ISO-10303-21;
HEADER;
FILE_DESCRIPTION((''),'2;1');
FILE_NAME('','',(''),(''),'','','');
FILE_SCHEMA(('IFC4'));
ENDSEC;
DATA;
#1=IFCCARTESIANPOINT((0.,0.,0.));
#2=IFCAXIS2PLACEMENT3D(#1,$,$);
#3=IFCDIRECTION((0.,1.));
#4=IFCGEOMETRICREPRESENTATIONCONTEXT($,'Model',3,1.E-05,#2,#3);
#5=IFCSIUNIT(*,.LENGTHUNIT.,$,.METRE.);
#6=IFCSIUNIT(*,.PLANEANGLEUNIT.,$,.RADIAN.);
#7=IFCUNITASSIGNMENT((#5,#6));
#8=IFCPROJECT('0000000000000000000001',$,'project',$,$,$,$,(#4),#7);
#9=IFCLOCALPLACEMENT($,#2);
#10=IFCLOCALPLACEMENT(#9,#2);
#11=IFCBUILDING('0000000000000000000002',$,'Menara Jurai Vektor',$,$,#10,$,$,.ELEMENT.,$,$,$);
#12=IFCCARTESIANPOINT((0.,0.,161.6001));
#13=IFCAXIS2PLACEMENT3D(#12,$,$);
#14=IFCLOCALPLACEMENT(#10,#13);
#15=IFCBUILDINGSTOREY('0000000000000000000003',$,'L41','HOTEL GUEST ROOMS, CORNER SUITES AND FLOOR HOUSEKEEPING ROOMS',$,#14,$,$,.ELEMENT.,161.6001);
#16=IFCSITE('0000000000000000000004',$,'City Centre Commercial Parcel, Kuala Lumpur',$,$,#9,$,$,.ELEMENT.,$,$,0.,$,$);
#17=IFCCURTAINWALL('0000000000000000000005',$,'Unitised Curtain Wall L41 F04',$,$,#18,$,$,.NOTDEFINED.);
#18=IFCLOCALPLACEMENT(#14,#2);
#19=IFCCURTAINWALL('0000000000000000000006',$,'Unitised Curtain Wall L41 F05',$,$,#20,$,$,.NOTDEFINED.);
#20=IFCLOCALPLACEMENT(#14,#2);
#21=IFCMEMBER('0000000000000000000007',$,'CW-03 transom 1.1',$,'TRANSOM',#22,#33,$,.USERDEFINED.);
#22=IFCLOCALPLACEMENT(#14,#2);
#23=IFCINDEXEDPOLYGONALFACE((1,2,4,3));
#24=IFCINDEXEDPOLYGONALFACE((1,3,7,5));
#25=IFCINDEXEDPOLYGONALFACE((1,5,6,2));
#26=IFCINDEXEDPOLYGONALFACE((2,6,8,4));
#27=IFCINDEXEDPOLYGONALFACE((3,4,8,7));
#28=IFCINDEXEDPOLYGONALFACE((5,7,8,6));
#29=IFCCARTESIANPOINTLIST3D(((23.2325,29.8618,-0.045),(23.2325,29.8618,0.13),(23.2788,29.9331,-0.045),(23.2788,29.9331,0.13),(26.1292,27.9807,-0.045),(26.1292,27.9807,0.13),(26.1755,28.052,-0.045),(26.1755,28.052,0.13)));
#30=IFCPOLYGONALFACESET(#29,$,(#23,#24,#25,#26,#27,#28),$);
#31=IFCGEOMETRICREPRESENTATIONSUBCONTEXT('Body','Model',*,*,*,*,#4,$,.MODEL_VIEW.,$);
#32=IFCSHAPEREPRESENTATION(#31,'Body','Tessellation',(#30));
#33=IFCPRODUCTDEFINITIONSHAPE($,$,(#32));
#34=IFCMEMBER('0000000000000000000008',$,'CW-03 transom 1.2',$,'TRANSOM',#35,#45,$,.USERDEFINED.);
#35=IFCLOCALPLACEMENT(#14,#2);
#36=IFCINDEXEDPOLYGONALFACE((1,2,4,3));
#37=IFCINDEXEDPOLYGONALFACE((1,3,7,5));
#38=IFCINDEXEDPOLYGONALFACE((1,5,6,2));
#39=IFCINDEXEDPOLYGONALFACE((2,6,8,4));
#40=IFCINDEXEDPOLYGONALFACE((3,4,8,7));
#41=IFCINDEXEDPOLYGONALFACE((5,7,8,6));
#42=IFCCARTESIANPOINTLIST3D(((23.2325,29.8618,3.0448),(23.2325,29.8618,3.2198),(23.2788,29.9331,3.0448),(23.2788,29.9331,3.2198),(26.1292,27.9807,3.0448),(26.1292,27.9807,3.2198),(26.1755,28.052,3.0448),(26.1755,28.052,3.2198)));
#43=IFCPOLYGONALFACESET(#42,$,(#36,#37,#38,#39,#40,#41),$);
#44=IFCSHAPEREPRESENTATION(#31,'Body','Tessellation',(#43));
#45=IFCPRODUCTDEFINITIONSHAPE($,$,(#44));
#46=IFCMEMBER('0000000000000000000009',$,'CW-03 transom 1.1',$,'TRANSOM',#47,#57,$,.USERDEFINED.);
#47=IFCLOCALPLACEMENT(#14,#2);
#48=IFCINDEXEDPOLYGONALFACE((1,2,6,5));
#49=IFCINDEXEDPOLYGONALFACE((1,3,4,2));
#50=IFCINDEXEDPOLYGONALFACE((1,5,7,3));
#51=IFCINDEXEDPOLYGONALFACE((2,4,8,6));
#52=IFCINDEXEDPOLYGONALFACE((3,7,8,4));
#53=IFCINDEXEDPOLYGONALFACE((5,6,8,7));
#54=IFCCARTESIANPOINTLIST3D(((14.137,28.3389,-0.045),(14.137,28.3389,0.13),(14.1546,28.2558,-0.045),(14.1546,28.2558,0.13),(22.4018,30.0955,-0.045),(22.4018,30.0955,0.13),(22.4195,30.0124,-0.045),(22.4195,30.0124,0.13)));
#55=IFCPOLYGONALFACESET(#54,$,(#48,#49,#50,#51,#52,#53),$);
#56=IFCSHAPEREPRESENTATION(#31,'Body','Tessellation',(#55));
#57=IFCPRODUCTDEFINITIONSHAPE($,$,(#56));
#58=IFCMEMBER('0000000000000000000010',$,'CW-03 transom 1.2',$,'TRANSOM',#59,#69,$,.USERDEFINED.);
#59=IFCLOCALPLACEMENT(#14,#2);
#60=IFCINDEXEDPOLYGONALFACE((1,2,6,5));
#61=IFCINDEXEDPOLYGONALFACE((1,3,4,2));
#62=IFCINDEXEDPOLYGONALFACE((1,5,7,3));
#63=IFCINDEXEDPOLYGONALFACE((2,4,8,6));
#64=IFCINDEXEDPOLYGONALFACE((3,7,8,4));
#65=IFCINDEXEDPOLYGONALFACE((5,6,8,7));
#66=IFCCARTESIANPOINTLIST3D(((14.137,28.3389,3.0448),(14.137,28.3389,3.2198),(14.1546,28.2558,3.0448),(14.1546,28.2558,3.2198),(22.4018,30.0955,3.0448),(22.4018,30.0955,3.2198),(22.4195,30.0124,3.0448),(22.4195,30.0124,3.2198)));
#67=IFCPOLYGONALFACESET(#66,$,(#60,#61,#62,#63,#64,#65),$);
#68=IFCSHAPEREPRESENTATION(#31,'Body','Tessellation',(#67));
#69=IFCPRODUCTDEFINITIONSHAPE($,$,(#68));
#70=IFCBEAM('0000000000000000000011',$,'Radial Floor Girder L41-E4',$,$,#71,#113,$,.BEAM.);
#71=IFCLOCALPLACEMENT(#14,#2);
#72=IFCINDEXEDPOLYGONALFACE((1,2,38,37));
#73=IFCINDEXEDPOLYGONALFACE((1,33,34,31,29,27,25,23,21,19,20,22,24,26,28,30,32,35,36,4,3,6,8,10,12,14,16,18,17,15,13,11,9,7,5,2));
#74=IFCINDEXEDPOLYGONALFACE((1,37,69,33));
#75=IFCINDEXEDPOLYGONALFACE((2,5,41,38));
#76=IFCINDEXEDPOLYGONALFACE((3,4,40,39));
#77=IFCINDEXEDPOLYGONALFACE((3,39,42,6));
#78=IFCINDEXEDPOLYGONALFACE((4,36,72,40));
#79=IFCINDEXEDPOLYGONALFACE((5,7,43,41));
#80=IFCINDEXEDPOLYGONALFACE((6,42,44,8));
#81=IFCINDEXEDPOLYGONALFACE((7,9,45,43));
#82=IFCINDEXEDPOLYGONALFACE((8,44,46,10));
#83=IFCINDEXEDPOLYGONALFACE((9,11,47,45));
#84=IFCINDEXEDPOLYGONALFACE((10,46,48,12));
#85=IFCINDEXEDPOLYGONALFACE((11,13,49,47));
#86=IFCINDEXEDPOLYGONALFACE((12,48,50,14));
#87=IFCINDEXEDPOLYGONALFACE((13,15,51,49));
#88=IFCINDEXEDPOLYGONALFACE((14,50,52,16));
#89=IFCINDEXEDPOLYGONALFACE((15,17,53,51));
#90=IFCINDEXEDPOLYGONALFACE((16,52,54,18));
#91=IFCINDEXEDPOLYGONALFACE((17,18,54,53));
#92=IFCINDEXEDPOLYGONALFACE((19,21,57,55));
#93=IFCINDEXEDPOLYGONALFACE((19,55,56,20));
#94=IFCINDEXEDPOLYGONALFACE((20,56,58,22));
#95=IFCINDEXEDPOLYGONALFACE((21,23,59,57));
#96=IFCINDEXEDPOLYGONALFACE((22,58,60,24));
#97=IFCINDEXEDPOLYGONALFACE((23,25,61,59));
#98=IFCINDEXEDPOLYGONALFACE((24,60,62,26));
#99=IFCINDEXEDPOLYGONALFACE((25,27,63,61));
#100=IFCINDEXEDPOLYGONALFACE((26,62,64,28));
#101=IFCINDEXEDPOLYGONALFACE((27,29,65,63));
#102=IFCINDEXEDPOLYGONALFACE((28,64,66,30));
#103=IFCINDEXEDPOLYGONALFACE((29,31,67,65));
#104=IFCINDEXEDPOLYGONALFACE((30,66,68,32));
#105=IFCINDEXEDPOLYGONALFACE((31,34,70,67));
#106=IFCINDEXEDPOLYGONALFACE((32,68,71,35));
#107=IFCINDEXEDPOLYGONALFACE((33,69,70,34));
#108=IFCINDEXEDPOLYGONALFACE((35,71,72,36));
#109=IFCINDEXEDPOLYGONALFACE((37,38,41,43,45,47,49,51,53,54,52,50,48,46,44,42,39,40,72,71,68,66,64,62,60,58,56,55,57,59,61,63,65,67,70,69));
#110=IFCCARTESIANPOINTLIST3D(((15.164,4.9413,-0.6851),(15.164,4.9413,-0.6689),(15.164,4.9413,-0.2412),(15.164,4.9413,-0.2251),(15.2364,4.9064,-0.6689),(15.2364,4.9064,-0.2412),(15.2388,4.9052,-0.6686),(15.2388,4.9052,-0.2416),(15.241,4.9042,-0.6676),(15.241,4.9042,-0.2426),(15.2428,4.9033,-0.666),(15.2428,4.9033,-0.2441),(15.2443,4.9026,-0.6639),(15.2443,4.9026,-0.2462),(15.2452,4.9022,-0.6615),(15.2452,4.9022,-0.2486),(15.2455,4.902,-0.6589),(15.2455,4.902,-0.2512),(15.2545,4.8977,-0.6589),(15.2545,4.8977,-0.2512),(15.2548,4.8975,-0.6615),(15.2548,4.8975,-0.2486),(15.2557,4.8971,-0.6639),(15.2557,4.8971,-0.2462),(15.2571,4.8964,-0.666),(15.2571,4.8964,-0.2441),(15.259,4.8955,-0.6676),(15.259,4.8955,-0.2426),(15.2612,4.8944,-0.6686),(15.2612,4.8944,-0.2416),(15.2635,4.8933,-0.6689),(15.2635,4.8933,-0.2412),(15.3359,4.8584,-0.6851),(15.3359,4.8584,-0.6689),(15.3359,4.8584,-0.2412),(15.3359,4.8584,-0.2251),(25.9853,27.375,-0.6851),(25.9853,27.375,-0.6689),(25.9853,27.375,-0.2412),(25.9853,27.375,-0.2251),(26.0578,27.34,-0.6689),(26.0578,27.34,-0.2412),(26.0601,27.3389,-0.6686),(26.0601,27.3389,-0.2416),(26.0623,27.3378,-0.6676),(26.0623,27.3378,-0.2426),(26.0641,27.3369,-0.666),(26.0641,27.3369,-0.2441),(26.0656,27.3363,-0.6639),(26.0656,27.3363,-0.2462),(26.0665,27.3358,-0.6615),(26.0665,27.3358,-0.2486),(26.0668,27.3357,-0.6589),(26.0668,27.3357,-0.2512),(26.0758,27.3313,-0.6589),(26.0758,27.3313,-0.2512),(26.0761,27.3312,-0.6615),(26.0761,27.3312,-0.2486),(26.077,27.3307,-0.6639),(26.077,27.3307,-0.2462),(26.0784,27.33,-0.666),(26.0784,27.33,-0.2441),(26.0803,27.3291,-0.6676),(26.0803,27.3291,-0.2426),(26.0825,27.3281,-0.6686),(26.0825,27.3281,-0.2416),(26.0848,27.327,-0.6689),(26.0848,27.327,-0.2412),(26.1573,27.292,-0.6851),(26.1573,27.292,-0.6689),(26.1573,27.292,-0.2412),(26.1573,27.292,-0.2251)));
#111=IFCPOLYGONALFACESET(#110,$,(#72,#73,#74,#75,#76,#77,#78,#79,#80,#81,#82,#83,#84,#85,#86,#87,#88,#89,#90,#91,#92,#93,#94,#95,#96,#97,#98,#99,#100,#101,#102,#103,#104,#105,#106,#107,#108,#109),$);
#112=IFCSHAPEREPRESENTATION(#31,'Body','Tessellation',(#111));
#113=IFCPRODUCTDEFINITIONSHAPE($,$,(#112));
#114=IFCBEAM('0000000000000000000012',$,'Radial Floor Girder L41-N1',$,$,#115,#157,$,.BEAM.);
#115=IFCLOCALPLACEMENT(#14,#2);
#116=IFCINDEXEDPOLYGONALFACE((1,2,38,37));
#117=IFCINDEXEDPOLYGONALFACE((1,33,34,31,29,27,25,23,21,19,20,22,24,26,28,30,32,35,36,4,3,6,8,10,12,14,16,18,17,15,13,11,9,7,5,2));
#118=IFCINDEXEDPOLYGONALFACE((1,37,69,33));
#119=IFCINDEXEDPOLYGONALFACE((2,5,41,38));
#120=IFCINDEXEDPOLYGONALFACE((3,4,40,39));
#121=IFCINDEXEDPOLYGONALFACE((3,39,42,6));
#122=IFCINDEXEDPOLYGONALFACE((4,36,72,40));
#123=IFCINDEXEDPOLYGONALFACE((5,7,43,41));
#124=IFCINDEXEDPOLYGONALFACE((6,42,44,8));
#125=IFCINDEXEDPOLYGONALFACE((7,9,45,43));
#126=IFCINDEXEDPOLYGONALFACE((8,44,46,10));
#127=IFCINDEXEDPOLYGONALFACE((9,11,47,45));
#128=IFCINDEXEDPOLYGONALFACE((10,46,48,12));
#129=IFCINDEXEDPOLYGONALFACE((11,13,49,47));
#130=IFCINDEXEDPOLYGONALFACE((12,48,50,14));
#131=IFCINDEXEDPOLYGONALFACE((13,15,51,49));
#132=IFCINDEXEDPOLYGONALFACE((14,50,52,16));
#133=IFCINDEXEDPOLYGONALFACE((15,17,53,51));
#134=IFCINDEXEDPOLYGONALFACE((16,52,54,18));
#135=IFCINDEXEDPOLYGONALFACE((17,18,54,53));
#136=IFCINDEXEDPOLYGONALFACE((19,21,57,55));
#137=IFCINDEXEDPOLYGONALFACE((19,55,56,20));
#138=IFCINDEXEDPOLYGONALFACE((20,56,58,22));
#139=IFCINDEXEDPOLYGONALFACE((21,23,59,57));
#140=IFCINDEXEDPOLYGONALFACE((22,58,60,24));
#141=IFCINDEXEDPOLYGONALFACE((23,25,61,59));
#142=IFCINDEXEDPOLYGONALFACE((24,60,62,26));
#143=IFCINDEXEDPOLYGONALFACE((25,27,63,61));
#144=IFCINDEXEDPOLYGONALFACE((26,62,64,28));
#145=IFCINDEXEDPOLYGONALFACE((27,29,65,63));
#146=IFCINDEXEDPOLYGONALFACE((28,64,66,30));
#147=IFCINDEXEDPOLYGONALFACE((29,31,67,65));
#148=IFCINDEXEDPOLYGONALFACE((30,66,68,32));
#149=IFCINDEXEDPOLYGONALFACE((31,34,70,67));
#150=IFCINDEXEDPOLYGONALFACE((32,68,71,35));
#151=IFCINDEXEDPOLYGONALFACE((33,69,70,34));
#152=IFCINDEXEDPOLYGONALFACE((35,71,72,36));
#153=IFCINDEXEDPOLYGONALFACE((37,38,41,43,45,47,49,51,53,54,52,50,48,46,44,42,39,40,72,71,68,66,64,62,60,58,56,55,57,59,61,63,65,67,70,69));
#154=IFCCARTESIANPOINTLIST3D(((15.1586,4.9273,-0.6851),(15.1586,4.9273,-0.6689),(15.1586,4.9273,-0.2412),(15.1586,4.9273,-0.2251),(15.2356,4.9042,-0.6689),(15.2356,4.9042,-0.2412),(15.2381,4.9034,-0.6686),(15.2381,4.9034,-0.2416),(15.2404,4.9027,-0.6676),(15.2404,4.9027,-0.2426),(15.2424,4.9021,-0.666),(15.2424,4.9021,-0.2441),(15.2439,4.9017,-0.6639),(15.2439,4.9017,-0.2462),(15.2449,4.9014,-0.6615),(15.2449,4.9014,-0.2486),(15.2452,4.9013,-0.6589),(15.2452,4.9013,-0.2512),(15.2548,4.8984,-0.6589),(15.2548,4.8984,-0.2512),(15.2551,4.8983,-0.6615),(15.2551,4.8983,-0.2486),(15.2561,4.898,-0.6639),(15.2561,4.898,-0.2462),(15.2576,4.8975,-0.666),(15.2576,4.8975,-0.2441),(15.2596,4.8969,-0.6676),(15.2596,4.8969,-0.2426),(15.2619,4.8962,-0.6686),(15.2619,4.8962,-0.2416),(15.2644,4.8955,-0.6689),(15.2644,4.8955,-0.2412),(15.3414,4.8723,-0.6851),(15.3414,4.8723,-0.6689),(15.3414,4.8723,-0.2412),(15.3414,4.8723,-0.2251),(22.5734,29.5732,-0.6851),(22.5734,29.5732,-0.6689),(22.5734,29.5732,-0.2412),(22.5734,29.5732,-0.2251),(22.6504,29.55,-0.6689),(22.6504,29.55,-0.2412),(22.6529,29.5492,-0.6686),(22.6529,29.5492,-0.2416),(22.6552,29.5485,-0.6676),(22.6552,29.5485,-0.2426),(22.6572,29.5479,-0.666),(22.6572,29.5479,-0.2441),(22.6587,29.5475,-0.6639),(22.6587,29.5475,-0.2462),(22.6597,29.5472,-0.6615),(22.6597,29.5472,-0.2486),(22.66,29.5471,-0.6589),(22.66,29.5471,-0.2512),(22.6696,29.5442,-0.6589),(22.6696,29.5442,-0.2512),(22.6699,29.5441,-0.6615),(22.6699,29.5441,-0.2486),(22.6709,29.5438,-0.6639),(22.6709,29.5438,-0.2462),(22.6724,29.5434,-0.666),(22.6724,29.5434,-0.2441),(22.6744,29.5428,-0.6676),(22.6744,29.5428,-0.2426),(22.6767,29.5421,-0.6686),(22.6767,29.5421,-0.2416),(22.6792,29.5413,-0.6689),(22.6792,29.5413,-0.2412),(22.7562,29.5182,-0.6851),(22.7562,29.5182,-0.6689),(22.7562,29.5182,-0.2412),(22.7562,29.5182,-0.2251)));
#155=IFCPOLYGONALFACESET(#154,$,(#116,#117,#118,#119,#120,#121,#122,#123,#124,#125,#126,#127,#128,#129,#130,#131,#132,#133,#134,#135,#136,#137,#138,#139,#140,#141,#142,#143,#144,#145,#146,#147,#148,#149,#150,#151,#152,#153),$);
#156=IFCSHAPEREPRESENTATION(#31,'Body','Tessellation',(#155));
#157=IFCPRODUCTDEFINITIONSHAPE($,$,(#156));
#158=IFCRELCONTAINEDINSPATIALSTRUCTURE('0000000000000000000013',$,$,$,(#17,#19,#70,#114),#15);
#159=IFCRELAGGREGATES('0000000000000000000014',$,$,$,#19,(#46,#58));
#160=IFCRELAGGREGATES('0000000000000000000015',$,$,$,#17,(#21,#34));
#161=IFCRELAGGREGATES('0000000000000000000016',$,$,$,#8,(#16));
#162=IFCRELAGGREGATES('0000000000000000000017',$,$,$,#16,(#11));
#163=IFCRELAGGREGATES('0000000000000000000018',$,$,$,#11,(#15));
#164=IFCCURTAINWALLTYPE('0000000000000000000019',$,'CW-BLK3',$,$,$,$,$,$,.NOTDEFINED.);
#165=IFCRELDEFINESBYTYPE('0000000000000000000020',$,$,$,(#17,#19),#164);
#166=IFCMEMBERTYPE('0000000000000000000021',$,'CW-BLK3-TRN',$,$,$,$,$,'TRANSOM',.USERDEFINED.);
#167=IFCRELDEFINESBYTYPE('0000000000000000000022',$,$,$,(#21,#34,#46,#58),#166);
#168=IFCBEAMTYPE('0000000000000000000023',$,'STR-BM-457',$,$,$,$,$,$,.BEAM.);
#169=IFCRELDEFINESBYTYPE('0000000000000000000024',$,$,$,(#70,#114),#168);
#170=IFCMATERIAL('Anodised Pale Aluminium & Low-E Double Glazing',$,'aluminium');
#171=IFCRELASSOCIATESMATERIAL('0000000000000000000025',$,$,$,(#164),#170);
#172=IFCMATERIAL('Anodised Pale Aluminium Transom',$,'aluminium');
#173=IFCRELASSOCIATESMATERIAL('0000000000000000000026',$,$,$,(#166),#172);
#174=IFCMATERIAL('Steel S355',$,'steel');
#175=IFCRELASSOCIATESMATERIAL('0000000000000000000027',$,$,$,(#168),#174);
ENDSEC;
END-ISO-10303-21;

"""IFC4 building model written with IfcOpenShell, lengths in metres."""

from ifc_helpers import new_model, si_unit, direction, frame, origin, origin_2d, place, context, subcontext, project, spatial, rectangle, i_section, extrude, material, material_profile, profile_set, type_object, element, aggregate, save


model = new_model("IFC4")

# Units and contexts
model_context = context("Model", 3, precision=1e-05, world=origin(), true_north=direction((0.0, 1.0)))
body_context = subcontext(model_context, "Body", "Model", "MODEL_VIEW")
ifc_project = project(units=[si_unit("LENGTHUNIT", "METRE"), si_unit("PLANEANGLEUNIT", "RADIAN")], contexts=[model_context])

# Site, building, storey
site_placement = place(None, origin())
site = spatial("IfcSite", under=ifc_project, at=site_placement, Name="City Centre Commercial Parcel, Kuala Lumpur", CompositionType="ELEMENT", RefElevation=0.0)
building_placement = place(site_placement, origin())
building = spatial("IfcBuilding", under=site, at=building_placement, Name="Menara Jurai Vektor", CompositionType="ELEMENT")
storey_placement = place(building_placement, frame((0.0, 0.0, 161.6001)))
storey = spatial("IfcBuildingStorey", under=building, at=storey_placement, Name="L41", Description="HOTEL GUEST ROOMS, CORNER SUITES AND FLOOR HOUSEKEEPING ROOMS", CompositionType="ELEMENT", Elevation=161.6001)

# Curtain wall
ifc_material_1 = material(Name="Anodised Pale Aluminium & Low-E Double Glazing", Category="aluminium")
curtain_wall_type = type_object("IfcCurtainWallType", Name="CW-BLK3", PredefinedType="NOTDEFINED", material=ifc_material_1)
curtain_wall_1_placement = place(storey_placement, origin())
curtain_wall_1 = element("IfcCurtainWall", 1, at=curtain_wall_1_placement, inside=storey, type_object=curtain_wall_type, Name="Unitised Curtain Wall L41 F04", PredefinedType="NOTDEFINED")

# Curtain wall
curtain_wall_2_placement = place(storey_placement, origin())
curtain_wall_2 = element("IfcCurtainWall", 2, at=curtain_wall_2_placement, inside=storey, type_object=curtain_wall_type, Name="Unitised Curtain Wall L41 F05", PredefinedType="NOTDEFINED")

# Members
ifc_material_2 = material(Name="Anodised Pale Aluminium Transom", Category="aluminium")
ifc_material_profile_1 = material_profile(ifc_material_2, rectangle(XDim=0.085, YDim=0.175, at=origin_2d()), Name="ALU TRN 85x175")
ifc_profile_set_1 = profile_set([ifc_material_profile_1], Name="Anodised Pale Aluminium Transom")
member_type_1 = type_object("IfcMemberType", Name="CW-BLK3-TRN", ElementType="TRANSOM", PredefinedType="USERDEFINED", material=ifc_profile_set_1)
member_1_placement = place(storey_placement, frame((26.1523, 28.0164, 0.0425), z_axis=(-0.838678, 0.544628, 0.0), x_axis=(-0.544628, -0.838678, 0.0)))
member_1 = element("IfcMember", 3, at=member_1_placement, type_object=member_type_1, Name="CW-03 transom 1.1", ObjectType="TRANSOM", PredefinedType="USERDEFINED", context=body_context, shape_type="SweptSolid", body=[
    extrude(rectangle(XDim=0.085, YDim=0.175, at=origin_2d()), origin(), (0.0, 0.0, 1.0), 3.4539),
])
member_2_placement = place(storey_placement, frame((26.1523, 28.0164, 3.1323), z_axis=(-0.838678, 0.544628, 0.0), x_axis=(-0.544628, -0.838678, 0.0)))
member_2 = element("IfcMember", 4, at=member_2_placement, type_object=member_type_1, Name="CW-03 transom 1.2", ObjectType="TRANSOM", PredefinedType="USERDEFINED", context=body_context, shape_type="SweptSolid", body=[
    extrude(rectangle(XDim=0.085, YDim=0.175, at=origin_2d()), origin(), (0.0, 0.0, 1.0), 3.4539),
])
member_3_placement = place(storey_placement, frame((22.4106, 30.054, 0.0425), z_axis=(-0.978152, -0.207893, 0.0), x_axis=(0.207893, -0.978152, 0.0)))
member_3 = element("IfcMember", 5, at=member_3_placement, type_object=member_type_1, Name="CW-03 transom 1.1", ObjectType="TRANSOM", PredefinedType="USERDEFINED", context=body_context, shape_type="SweptSolid", body=[
    extrude(rectangle(XDim=0.085, YDim=0.175, at=origin_2d()), origin(), (0.0, 0.0, 1.0), 8.4495),
])
member_4_placement = place(storey_placement, frame((22.4106, 30.054, 3.1323), z_axis=(-0.978152, -0.207893, 0.0), x_axis=(0.207893, -0.978152, 0.0)))
member_4 = element("IfcMember", 6, at=member_4_placement, type_object=member_type_1, Name="CW-03 transom 1.2", ObjectType="TRANSOM", PredefinedType="USERDEFINED", context=body_context, shape_type="SweptSolid", body=[
    extrude(rectangle(XDim=0.085, YDim=0.175, at=origin_2d()), origin(), (0.0, 0.0, 1.0), 8.4495),
])

# Beams
ifc_material_3 = material(Name="Steel S355", Category="steel")
ifc_material_profile_2 = material_profile(ifc_material_3, i_section(OverallWidth=0.1909, OverallDepth=0.46, WebThickness=0.01, FlangeThickness=0.0161, FilletRadius=0.01, at=origin_2d()), Name="UKB 457x191x82")
ifc_profile_set_2 = profile_set([ifc_material_profile_2], Name="Steel S355")
beam_type_1 = type_object("IfcBeamType", Name="STR-BM-457", PredefinedType="BEAM", material=ifc_profile_set_2)
beam_1_placement = place(storey_placement, frame((26.0713, 27.3335, -0.4551), z_axis=(-0.434465, -0.900689, 0.0), x_axis=(0.900689, -0.434465, 0.0)))
element("IfcBeam", 7, at=beam_1_placement, inside=storey, type_object=beam_type_1, Name="Radial Floor Girder L41-E4", PredefinedType="BEAM", context=body_context, shape_type="SweptSolid", body=[
    extrude(i_section(OverallWidth=0.1909, OverallDepth=0.46, WebThickness=0.01, FlangeThickness=0.0161, FilletRadius=0.01, at=origin_2d()), origin(), (0.0, 0.0, 1.0), 24.9072),
])
beam_2_placement = place(storey_placement, frame((22.6648, 29.5457, -0.4551), z_axis=(-0.288099, -0.957601, 0.0), x_axis=(0.957601, -0.288099, 0.0)))
element("IfcBeam", 8, at=beam_2_placement, inside=storey, type_object=beam_type_1, Name="Radial Floor Girder L41-N1", PredefinedType="BEAM", context=body_context, shape_type="SweptSolid", body=[
    extrude(i_section(OverallWidth=0.1909, OverallDepth=0.46, WebThickness=0.01, FlangeThickness=0.0161, FilletRadius=0.01, at=origin_2d()), origin(), (0.0, 0.0, 1.0), 25.7371),
])

aggregate(curtain_wall_2, [member_3, member_4])
aggregate(curtain_wall_1, [member_1, member_2])

save(model, "model.ifc")
